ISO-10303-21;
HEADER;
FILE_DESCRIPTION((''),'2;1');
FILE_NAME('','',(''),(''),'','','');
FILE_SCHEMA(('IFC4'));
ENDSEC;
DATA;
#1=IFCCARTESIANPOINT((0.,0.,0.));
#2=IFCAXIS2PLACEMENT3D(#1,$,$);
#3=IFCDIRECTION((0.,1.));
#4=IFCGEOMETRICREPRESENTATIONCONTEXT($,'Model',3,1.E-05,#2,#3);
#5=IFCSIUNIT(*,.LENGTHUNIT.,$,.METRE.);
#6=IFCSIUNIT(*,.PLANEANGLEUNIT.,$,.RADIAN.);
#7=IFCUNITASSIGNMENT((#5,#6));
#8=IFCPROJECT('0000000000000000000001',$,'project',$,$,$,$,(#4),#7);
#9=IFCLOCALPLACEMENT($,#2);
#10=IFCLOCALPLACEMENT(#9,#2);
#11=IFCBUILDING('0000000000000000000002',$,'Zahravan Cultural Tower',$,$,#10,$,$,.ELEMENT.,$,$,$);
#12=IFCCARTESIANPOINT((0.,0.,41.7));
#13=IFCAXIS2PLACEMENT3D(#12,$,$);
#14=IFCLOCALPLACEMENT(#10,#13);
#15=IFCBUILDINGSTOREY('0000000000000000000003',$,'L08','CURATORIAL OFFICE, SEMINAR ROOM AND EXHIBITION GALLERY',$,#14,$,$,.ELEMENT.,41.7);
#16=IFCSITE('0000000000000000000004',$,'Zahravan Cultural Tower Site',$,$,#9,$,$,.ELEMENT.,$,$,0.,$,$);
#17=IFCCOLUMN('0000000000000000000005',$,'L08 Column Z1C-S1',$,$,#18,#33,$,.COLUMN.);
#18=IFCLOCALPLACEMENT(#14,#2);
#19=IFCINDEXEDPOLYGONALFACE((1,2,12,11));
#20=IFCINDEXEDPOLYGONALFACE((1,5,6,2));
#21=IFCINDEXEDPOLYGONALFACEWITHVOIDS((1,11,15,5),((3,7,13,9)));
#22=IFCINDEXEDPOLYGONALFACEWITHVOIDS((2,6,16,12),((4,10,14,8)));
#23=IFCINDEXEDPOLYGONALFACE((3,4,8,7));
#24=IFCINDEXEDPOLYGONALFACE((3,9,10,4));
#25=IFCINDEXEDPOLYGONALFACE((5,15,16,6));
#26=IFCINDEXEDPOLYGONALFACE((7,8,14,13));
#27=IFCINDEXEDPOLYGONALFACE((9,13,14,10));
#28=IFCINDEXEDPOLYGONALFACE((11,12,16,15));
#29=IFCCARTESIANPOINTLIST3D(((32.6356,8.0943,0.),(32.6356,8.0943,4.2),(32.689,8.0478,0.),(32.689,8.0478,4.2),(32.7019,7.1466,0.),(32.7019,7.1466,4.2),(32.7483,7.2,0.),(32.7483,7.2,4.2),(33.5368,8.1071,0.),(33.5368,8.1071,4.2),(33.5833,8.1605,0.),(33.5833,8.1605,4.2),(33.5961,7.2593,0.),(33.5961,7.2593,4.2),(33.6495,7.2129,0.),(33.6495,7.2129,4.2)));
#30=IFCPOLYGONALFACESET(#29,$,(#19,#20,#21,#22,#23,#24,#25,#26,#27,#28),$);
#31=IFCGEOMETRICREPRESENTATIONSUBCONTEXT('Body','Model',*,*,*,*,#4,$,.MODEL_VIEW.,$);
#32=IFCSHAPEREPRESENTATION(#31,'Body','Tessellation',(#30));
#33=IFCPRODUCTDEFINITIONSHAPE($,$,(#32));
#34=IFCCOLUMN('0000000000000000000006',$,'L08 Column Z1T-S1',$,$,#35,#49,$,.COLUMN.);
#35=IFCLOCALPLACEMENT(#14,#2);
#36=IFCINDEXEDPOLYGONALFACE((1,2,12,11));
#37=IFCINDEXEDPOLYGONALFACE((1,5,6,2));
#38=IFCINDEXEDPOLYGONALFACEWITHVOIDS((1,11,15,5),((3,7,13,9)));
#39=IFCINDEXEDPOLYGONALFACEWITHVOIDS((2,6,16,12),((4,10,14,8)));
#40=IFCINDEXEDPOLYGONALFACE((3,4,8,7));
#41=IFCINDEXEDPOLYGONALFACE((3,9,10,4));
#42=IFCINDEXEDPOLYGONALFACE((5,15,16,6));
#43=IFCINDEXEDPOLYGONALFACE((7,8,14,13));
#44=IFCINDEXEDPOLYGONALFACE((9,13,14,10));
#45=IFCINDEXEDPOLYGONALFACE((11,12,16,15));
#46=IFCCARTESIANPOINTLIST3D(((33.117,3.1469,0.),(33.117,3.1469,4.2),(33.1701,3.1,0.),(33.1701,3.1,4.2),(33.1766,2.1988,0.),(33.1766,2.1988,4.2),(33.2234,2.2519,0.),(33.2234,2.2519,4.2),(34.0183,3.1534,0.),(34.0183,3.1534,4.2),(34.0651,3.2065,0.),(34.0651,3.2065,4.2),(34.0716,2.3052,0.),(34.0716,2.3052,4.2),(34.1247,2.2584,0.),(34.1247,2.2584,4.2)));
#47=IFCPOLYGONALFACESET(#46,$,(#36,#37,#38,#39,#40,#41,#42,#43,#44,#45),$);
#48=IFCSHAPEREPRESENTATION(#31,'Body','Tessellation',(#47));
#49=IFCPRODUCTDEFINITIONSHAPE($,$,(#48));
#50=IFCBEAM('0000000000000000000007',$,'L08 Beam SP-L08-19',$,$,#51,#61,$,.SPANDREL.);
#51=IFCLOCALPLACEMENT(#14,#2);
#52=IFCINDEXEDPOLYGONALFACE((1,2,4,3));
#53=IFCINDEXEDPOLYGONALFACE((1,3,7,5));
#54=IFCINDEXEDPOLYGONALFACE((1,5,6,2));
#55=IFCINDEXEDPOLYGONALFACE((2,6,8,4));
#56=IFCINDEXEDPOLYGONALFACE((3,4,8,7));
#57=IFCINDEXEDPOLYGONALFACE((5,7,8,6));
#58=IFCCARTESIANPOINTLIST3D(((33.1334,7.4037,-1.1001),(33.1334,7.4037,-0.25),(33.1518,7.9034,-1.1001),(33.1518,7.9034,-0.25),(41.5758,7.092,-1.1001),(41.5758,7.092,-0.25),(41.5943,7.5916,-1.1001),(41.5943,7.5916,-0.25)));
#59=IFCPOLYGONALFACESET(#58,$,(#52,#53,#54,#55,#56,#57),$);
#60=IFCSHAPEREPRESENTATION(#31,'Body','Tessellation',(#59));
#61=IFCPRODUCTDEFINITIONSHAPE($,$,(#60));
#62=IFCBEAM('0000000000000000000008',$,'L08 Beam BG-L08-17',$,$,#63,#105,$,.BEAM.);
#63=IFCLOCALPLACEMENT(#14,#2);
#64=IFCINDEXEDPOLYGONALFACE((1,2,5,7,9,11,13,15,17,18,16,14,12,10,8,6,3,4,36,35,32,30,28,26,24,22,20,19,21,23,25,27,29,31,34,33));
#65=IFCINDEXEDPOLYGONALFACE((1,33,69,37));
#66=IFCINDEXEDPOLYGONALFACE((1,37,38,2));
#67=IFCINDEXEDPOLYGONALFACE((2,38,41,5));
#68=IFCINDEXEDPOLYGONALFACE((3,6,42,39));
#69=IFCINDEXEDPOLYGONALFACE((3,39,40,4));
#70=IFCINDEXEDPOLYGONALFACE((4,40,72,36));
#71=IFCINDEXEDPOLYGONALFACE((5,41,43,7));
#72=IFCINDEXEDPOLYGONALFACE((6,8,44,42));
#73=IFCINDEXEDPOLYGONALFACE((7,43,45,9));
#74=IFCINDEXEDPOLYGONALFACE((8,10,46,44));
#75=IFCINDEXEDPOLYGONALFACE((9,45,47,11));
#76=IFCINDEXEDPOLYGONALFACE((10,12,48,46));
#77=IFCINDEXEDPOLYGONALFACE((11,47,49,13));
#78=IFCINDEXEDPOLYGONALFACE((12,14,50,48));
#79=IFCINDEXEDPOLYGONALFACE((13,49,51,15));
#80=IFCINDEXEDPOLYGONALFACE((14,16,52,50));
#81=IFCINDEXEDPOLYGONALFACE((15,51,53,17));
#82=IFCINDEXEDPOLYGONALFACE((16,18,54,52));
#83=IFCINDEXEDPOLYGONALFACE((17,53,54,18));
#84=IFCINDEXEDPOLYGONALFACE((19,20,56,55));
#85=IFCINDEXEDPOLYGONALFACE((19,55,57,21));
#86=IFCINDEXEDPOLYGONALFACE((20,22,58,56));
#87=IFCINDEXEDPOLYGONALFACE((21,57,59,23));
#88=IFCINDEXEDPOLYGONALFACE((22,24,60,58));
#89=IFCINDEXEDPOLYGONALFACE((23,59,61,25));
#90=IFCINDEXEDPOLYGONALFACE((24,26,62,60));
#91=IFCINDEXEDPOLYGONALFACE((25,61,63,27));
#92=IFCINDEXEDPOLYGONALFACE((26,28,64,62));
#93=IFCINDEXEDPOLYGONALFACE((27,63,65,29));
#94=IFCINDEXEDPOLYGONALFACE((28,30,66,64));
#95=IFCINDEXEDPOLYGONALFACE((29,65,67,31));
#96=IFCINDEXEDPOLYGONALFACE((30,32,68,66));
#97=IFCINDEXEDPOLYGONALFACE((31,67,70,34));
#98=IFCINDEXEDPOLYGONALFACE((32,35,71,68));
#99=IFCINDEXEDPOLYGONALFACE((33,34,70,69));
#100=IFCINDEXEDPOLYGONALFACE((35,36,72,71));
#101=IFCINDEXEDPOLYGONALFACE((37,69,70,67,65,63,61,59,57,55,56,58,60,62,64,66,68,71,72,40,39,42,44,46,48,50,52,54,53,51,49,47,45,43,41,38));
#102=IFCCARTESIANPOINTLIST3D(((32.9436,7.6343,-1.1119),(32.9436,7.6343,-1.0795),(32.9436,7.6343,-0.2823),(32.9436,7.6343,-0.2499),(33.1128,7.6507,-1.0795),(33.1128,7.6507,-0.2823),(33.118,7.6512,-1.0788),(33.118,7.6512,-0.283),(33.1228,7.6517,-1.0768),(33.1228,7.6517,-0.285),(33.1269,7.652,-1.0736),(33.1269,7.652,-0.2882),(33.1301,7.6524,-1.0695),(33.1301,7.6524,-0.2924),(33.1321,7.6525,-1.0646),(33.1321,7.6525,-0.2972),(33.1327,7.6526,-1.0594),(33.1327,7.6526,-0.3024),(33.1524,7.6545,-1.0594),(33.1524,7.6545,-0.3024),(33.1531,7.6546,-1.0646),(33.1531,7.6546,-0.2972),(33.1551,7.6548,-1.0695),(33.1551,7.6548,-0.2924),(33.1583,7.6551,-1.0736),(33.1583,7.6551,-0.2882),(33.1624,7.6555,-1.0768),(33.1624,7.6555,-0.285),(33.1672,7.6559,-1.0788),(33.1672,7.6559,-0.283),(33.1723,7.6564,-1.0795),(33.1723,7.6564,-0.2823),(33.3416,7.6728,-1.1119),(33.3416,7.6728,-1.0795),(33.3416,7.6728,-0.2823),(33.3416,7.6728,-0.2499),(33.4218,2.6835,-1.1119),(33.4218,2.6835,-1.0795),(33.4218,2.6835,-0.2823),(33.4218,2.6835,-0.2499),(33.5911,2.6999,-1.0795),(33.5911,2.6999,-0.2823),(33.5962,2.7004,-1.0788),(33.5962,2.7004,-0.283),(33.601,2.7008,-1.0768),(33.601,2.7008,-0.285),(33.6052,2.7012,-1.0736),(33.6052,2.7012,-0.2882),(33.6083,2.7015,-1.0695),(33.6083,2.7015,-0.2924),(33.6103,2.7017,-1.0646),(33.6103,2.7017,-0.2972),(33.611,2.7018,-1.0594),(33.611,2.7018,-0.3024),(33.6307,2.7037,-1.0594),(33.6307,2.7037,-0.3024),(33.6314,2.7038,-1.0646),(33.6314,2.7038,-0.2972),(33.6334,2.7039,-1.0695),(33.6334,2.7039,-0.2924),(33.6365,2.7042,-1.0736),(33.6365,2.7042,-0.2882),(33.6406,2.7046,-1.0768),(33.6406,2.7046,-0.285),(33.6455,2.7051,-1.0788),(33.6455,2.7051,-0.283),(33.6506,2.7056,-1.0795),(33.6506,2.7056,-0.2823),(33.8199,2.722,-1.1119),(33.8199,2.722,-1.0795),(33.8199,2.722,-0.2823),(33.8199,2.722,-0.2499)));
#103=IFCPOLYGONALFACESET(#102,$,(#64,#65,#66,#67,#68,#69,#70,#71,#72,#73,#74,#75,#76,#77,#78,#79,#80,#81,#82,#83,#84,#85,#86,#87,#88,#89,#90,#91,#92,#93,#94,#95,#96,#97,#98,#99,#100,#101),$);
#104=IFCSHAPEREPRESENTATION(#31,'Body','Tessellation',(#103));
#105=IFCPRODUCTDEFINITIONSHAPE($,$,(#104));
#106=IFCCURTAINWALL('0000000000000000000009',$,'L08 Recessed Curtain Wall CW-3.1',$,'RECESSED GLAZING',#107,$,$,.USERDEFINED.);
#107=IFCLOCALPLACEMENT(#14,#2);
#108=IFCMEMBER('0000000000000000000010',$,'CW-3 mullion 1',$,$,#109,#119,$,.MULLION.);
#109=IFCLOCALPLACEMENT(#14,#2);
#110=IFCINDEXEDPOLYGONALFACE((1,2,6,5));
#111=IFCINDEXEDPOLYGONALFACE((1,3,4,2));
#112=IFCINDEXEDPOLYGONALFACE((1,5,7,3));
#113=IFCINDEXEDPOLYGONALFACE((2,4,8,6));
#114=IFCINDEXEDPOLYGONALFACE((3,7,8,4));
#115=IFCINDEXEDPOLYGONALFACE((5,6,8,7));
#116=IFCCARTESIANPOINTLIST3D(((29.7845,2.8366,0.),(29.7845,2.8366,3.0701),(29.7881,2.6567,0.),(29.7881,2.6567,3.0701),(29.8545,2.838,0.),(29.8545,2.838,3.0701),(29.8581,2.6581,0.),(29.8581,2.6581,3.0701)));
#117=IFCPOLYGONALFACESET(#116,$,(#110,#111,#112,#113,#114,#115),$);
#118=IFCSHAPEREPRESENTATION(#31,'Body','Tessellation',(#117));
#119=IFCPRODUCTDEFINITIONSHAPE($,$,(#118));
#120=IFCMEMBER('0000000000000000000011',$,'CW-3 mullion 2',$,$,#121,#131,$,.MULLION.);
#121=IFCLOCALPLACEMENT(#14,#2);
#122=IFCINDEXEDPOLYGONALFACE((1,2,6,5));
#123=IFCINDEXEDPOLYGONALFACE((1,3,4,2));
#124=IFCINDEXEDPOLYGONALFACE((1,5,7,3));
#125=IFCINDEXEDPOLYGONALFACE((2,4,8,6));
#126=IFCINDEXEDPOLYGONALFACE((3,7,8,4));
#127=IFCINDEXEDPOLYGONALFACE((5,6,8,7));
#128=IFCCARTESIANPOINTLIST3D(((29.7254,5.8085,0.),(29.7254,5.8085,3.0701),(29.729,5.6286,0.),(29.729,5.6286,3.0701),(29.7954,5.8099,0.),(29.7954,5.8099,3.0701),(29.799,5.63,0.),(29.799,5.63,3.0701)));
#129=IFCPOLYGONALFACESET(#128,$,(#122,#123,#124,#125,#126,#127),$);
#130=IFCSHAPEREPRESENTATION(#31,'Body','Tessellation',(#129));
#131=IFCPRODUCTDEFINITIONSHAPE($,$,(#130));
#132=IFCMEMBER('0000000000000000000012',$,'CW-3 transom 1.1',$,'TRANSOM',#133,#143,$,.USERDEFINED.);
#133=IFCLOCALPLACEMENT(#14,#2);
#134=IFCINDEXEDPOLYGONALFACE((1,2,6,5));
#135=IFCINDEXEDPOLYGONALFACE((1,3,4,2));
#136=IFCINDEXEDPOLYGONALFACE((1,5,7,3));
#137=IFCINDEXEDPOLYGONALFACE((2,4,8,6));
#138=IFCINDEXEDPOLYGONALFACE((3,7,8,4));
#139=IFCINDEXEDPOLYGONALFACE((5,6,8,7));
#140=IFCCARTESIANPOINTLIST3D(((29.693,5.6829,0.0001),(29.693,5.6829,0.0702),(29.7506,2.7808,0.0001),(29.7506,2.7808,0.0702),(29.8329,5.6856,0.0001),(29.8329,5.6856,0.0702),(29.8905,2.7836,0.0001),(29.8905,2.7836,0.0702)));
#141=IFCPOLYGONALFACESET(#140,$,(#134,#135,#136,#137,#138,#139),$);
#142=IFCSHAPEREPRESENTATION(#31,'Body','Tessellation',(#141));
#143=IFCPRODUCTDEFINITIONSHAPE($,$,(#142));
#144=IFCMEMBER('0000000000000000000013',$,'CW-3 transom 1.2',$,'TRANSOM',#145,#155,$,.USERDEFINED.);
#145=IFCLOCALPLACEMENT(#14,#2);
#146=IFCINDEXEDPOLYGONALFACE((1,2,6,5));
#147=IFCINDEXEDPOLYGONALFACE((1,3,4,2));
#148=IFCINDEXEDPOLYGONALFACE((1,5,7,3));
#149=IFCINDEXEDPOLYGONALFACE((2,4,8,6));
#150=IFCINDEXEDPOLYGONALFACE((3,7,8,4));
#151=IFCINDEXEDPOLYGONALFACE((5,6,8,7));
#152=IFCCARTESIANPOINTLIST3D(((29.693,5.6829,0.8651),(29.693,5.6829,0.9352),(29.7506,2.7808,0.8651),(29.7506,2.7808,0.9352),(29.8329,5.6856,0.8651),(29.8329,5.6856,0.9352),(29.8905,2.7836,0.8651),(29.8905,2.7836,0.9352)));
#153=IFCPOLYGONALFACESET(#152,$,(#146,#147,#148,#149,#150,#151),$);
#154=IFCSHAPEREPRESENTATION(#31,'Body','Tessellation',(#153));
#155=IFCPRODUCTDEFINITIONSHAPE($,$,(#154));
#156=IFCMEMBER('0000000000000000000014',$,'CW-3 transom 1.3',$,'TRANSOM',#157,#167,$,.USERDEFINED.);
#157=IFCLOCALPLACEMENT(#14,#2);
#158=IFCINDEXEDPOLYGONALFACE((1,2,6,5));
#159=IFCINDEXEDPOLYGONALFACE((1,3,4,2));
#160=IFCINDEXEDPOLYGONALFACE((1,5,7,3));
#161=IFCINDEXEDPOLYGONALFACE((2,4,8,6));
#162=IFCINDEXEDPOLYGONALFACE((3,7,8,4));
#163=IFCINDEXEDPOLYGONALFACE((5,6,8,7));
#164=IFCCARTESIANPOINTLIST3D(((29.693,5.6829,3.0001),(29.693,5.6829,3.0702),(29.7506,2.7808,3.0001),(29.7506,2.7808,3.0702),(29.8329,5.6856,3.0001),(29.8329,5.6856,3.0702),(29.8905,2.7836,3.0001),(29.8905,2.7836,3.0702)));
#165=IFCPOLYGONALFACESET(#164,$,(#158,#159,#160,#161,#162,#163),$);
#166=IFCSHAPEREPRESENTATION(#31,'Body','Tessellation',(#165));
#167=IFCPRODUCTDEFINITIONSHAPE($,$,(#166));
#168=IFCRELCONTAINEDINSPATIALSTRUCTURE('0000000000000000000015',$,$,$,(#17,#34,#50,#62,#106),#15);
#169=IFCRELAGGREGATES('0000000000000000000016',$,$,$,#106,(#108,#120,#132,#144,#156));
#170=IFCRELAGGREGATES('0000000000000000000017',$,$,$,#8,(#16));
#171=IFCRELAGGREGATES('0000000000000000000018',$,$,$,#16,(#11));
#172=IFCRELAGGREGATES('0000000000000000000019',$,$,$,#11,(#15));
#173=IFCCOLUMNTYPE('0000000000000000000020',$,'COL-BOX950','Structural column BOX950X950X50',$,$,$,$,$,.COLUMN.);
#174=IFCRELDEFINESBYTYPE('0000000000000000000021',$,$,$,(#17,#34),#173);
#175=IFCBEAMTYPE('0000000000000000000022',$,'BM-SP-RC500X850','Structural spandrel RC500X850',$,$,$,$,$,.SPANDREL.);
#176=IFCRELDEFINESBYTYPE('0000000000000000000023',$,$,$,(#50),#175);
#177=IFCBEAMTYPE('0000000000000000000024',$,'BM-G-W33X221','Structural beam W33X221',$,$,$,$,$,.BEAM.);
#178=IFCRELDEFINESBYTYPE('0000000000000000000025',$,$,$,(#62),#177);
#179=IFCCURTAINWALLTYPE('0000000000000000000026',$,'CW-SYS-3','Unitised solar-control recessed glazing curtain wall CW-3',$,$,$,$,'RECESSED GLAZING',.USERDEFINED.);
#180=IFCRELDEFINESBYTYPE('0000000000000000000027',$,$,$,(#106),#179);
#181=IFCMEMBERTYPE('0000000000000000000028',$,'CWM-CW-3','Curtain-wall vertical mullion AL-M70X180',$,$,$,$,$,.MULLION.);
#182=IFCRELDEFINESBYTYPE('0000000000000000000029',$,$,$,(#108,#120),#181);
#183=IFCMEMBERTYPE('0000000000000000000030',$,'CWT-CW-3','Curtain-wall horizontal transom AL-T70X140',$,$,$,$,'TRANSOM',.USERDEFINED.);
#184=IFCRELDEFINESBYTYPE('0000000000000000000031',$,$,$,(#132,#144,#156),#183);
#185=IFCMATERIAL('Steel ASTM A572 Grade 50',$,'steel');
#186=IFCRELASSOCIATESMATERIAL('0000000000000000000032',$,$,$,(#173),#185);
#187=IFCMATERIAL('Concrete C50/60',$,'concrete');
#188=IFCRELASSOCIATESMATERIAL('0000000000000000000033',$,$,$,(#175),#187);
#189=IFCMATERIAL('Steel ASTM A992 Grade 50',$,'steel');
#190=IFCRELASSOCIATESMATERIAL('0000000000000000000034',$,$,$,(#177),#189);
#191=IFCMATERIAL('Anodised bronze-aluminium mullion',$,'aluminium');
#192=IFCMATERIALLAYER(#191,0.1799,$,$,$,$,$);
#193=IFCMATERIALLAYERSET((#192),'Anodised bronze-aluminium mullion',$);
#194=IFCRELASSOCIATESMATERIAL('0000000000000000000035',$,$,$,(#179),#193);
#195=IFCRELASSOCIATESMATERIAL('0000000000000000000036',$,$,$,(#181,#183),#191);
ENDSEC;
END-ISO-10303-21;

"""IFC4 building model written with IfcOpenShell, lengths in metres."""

from ifc_helpers import new_model, si_unit, direction, frame, origin, origin_2d, place, context, subcontext, project, spatial, rectangle, hollow_rectangle, i_section, extrude, source, transform, mapped, material, layer, layer_set, material_profile, profile_set, type_object, element, aggregate, save


model = new_model("IFC4")

# Units and contexts
model_context = context("Model", 3, precision=1e-05, world=origin(), true_north=direction((0.0, 1.0)))
body_context = subcontext(model_context, "Body", "Model", "MODEL_VIEW")
ifc_project = project(units=[si_unit("LENGTHUNIT", "METRE"), si_unit("PLANEANGLEUNIT", "RADIAN")], contexts=[model_context])

# Site, building, storey
site_placement = place(None, origin())
site = spatial("IfcSite", under=ifc_project, at=site_placement, Name="Zahravan Cultural Tower Site", CompositionType="ELEMENT", RefElevation=0.0)
building_placement = place(site_placement, origin())
building = spatial("IfcBuilding", under=site, at=building_placement, Name="Zahravan Cultural Tower", CompositionType="ELEMENT")
storey_placement = place(building_placement, frame((0.0, 0.0, 41.7)))
storey = spatial("IfcBuildingStorey", under=building, at=storey_placement, Name="L08", Description="CURATORIAL OFFICE, SEMINAR ROOM AND EXHIBITION GALLERY", CompositionType="ELEMENT", Elevation=41.7)

# Columns
ifc_material_1 = material(Name="Steel ASTM A572 Grade 50", Category="steel")
ifc_material_profile_1 = material_profile(ifc_material_1, hollow_rectangle(XDim=0.95, YDim=0.95, WallThickness=0.05, at=origin_2d()), Name="BOX950X950X50")
ifc_profile_set_1 = profile_set([ifc_material_profile_1], Name="Steel ASTM A572 Grade 50")
column_type = type_object("IfcColumnType", Name="COL-BOX950", Description="Structural column BOX950X950X50", PredefinedType="COLUMN", material=ifc_profile_set_1)
shared_shape_1 = source(origin(), body_context, "Body", "SweptSolid", [
    extrude(hollow_rectangle(XDim=0.95, YDim=0.95, WallThickness=0.05, at=origin_2d()), origin(), (0.0, 0.0, 1.0), 4.2),
])
for number, where, z_axis, x_axis, name in (
    (1, (33.1426, 7.6536, 0.0), (0.0, 0.0, 1.0), (-0.069756, 0.997564, 0.0), "L08 Column Z1C-S1"),
    (2, (33.6208, 2.7026, 0.0), (0.0, 0.0, 1.0), (-0.062791, 0.998027, 0.0), "L08 Column Z1T-S1"),
):
    element("IfcColumn", number, at=place(storey_placement, frame(where, z_axis=z_axis, x_axis=x_axis)), inside=storey, type_object=column_type, Name=name, PredefinedType="COLUMN", context=body_context, shape_type="MappedRepresentation", body=[
        mapped(shared_shape_1, transform((0.0, 0.0, 0.0), x_axis=(1.0, 0.0, 0.0), y_axis=(0.0, 1.0, 0.0), z_axis=(0.0, 0.0, 1.0), scale=1.0)),
    ])

# Beams
ifc_material_2 = material(Name="Concrete C50/60", Category="concrete")
ifc_material_profile_2 = material_profile(ifc_material_2, rectangle(XDim=0.5, YDim=0.8501, at=origin_2d()), Name="RC500X850")
ifc_profile_set_2 = profile_set([ifc_material_profile_2], Name="Concrete C50/60")
beam_type_1 = type_object("IfcBeamType", Name="BM-SP-RC500X850", Description="Structural spandrel RC500X850", PredefinedType="SPANDREL", material=ifc_profile_set_2)
shared_shape_2 = source(origin(), body_context, "Body", "SweptSolid", [
    extrude(rectangle(XDim=0.5, YDim=0.8501, at=origin_2d()), origin(), (0.0, 0.0, 1.0), 8.4482),
])
beam_1_placement = place(storey_placement, frame((33.1426, 7.6536, -0.675), z_axis=(0.999319, -0.036904, 0.0), x_axis=(0.036904, 0.999319, 0.0)))
element("IfcBeam", 3, at=beam_1_placement, inside=storey, type_object=beam_type_1, Name="L08 Beam SP-L08-19", PredefinedType="SPANDREL", context=body_context, shape_type="MappedRepresentation", body=[
    mapped(shared_shape_2, transform((0.0, 0.0, 0.0), x_axis=(1.0, 0.0, 0.0), y_axis=(0.0, 1.0, 0.0), z_axis=(0.0, 0.0, 1.0), scale=1.0)),
])
ifc_material_3 = material(Name="Steel ASTM A992 Grade 50", Category="steel")
ifc_material_profile_3 = material_profile(ifc_material_3, i_section(OverallWidth=0.3999, OverallDepth=0.8621, WebThickness=0.0198, FlangeThickness=0.0325, FilletRadius=0.02, at=origin_2d()), Name="W33X221")
ifc_profile_set_3 = profile_set([ifc_material_profile_3], Name="Steel ASTM A992 Grade 50")
beam_type_2 = type_object("IfcBeamType", Name="BM-G-W33X221", Description="Structural beam W33X221", PredefinedType="BEAM", material=ifc_profile_set_3)
shared_shape_3 = source(origin(), body_context, "Body", "SweptSolid", [
    extrude(i_section(OverallWidth=0.3999, OverallDepth=0.8621, WebThickness=0.0198, FlangeThickness=0.0325, FilletRadius=0.02, at=origin_2d()), origin(), (0.0, 0.0, 1.0), 4.9739),
])
beam_2_placement = place(storey_placement, frame((33.1426, 7.6536, -0.6809), z_axis=(0.096155, -0.995366, 0.0), x_axis=(0.995366, 0.096155, 0.0)))
element("IfcBeam", 4, at=beam_2_placement, inside=storey, type_object=beam_type_2, Name="L08 Beam BG-L08-17", PredefinedType="BEAM", context=body_context, shape_type="MappedRepresentation", body=[
    mapped(shared_shape_3, transform((0.0, 0.0, 0.0), x_axis=(1.0, 0.0, 0.0), y_axis=(0.0, 1.0, 0.0), z_axis=(0.0, 0.0, 1.0), scale=1.0)),
])

# Curtain wall, members
ifc_material_4 = material(Name="Anodised bronze-aluminium mullion", Category="aluminium")
ifc_layer_1 = layer(ifc_material_4, 0.1799)
ifc_layer_set_1 = layer_set([ifc_layer_1], Name="Anodised bronze-aluminium mullion")
curtain_wall_type = type_object("IfcCurtainWallType", Name="CW-SYS-3", Description="Unitised solar-control recessed glazing curtain wall CW-3", ElementType="RECESSED GLAZING", PredefinedType="USERDEFINED", material=ifc_layer_set_1)
curtain_wall_placement = place(storey_placement, origin())
curtain_wall = element("IfcCurtainWall", 5, at=curtain_wall_placement, inside=storey, type_object=curtain_wall_type, Name="L08 Recessed Curtain Wall CW-3.1", ObjectType="RECESSED GLAZING", PredefinedType="USERDEFINED")
ifc_material_profile_4 = material_profile(ifc_material_4, rectangle(XDim=0.0701, YDim=0.1799, at=origin_2d()), Name="AL-M70X180")
ifc_profile_set_4 = profile_set([ifc_material_profile_4], Name="Anodised bronze-aluminium mullion")
member_type_1 = type_object("IfcMemberType", Name="CWM-CW-3", Description="Curtain-wall vertical mullion AL-M70X180", PredefinedType="MULLION", material=ifc_profile_set_4)
shared_shape_4 = source(origin(), body_context, "Body", "SweptSolid", [
    extrude(rectangle(XDim=0.0701, YDim=0.1799, at=origin_2d()), origin(), (0.0, 0.0, 1.0), 3.0701),
])
member_1_placement = place(storey_placement, frame((29.8213, 2.7473, 0.0), z_axis=(0.0, 0.0, 1.0), x_axis=(-0.999802, -0.0199, 0.0)))
member_1 = element("IfcMember", 6, at=member_1_placement, type_object=member_type_1, Name="CW-3 mullion 1", PredefinedType="MULLION", context=body_context, shape_type="MappedRepresentation", body=[
    mapped(shared_shape_4, transform((0.0, 0.0, 0.0), x_axis=(1.0, 0.0, 0.0), y_axis=(0.0, 1.0, 0.0), z_axis=(0.0, 0.0, 1.0), scale=1.0)),
])
member_2_placement = place(storey_placement, frame((29.7622, 5.7192, 0.0), z_axis=(0.0, 0.0, 1.0), x_axis=(-0.999802, -0.0199, 0.0)))
member_2 = element("IfcMember", 7, at=member_2_placement, type_object=member_type_1, Name="CW-3 mullion 2", PredefinedType="MULLION", context=body_context, shape_type="MappedRepresentation", body=[
    mapped(shared_shape_4, transform((0.0, 0.0, 0.0), x_axis=(1.0, 0.0, 0.0), y_axis=(0.0, 1.0, 0.0), z_axis=(0.0, 0.0, 1.0), scale=1.0)),
])
ifc_material_profile_5 = material_profile(ifc_material_4, rectangle(XDim=0.1399, YDim=0.0701, at=origin_2d()), Name="AL-T70X140")
ifc_profile_set_5 = profile_set([ifc_material_profile_5], Name="Anodised bronze-aluminium mullion")
member_type_2 = type_object("IfcMemberType", Name="CWT-CW-3", Description="Curtain-wall horizontal transom AL-T70X140", ElementType="TRANSOM", PredefinedType="USERDEFINED", material=ifc_profile_set_5)
shared_shape_5 = source(origin(), body_context, "Body", "SweptSolid", [
    extrude(rectangle(XDim=0.1399, YDim=0.0701, at=origin_2d()), origin(), (0.0, 0.0, 1.0), 2.9026),
])
member_3_placement = place(storey_placement, frame((29.8206, 2.7822, 0.0352), z_axis=(-0.01985, 0.999803, 0.0), x_axis=(-0.999803, -0.01985, 0.0)))
member_3 = element("IfcMember", 8, at=member_3_placement, type_object=member_type_2, Name="CW-3 transom 1.1", ObjectType="TRANSOM", PredefinedType="USERDEFINED", context=body_context, shape_type="MappedRepresentation", body=[
    mapped(shared_shape_5, transform((0.0, 0.0, 0.0), x_axis=(1.0, 0.0, 0.0), y_axis=(0.0, 1.0, 0.0), z_axis=(0.0, 0.0, 1.0), scale=1.0)),
])
member_4_placement = place(storey_placement, frame((29.8206, 2.7822, 0.9001), z_axis=(-0.01985, 0.999803, 0.0), x_axis=(-0.999803, -0.01985, 0.0)))
member_4 = element("IfcMember", 9, at=member_4_placement, type_object=member_type_2, Name="CW-3 transom 1.2", ObjectType="TRANSOM", PredefinedType="USERDEFINED", context=body_context, shape_type="MappedRepresentation", body=[
    mapped(shared_shape_5, transform((0.0, 0.0, 0.0), x_axis=(1.0, 0.0, 0.0), y_axis=(0.0, 1.0, 0.0), z_axis=(0.0, 0.0, 1.0), scale=1.0)),
])
member_5_placement = place(storey_placement, frame((29.8206, 2.7822, 3.0352), z_axis=(-0.01985, 0.999803, 0.0), x_axis=(-0.999803, -0.01985, 0.0)))
member_5 = element("IfcMember", 10, at=member_5_placement, type_object=member_type_2, Name="CW-3 transom 1.3", ObjectType="TRANSOM", PredefinedType="USERDEFINED", context=body_context, shape_type="MappedRepresentation", body=[
    mapped(shared_shape_5, transform((0.0, 0.0, 0.0), x_axis=(1.0, 0.0, 0.0), y_axis=(0.0, 1.0, 0.0), z_axis=(0.0, 0.0, 1.0), scale=1.0)),
])
aggregate(curtain_wall, [member_1, member_2, member_3, member_4, member_5])

save(model, "model.ifc")
